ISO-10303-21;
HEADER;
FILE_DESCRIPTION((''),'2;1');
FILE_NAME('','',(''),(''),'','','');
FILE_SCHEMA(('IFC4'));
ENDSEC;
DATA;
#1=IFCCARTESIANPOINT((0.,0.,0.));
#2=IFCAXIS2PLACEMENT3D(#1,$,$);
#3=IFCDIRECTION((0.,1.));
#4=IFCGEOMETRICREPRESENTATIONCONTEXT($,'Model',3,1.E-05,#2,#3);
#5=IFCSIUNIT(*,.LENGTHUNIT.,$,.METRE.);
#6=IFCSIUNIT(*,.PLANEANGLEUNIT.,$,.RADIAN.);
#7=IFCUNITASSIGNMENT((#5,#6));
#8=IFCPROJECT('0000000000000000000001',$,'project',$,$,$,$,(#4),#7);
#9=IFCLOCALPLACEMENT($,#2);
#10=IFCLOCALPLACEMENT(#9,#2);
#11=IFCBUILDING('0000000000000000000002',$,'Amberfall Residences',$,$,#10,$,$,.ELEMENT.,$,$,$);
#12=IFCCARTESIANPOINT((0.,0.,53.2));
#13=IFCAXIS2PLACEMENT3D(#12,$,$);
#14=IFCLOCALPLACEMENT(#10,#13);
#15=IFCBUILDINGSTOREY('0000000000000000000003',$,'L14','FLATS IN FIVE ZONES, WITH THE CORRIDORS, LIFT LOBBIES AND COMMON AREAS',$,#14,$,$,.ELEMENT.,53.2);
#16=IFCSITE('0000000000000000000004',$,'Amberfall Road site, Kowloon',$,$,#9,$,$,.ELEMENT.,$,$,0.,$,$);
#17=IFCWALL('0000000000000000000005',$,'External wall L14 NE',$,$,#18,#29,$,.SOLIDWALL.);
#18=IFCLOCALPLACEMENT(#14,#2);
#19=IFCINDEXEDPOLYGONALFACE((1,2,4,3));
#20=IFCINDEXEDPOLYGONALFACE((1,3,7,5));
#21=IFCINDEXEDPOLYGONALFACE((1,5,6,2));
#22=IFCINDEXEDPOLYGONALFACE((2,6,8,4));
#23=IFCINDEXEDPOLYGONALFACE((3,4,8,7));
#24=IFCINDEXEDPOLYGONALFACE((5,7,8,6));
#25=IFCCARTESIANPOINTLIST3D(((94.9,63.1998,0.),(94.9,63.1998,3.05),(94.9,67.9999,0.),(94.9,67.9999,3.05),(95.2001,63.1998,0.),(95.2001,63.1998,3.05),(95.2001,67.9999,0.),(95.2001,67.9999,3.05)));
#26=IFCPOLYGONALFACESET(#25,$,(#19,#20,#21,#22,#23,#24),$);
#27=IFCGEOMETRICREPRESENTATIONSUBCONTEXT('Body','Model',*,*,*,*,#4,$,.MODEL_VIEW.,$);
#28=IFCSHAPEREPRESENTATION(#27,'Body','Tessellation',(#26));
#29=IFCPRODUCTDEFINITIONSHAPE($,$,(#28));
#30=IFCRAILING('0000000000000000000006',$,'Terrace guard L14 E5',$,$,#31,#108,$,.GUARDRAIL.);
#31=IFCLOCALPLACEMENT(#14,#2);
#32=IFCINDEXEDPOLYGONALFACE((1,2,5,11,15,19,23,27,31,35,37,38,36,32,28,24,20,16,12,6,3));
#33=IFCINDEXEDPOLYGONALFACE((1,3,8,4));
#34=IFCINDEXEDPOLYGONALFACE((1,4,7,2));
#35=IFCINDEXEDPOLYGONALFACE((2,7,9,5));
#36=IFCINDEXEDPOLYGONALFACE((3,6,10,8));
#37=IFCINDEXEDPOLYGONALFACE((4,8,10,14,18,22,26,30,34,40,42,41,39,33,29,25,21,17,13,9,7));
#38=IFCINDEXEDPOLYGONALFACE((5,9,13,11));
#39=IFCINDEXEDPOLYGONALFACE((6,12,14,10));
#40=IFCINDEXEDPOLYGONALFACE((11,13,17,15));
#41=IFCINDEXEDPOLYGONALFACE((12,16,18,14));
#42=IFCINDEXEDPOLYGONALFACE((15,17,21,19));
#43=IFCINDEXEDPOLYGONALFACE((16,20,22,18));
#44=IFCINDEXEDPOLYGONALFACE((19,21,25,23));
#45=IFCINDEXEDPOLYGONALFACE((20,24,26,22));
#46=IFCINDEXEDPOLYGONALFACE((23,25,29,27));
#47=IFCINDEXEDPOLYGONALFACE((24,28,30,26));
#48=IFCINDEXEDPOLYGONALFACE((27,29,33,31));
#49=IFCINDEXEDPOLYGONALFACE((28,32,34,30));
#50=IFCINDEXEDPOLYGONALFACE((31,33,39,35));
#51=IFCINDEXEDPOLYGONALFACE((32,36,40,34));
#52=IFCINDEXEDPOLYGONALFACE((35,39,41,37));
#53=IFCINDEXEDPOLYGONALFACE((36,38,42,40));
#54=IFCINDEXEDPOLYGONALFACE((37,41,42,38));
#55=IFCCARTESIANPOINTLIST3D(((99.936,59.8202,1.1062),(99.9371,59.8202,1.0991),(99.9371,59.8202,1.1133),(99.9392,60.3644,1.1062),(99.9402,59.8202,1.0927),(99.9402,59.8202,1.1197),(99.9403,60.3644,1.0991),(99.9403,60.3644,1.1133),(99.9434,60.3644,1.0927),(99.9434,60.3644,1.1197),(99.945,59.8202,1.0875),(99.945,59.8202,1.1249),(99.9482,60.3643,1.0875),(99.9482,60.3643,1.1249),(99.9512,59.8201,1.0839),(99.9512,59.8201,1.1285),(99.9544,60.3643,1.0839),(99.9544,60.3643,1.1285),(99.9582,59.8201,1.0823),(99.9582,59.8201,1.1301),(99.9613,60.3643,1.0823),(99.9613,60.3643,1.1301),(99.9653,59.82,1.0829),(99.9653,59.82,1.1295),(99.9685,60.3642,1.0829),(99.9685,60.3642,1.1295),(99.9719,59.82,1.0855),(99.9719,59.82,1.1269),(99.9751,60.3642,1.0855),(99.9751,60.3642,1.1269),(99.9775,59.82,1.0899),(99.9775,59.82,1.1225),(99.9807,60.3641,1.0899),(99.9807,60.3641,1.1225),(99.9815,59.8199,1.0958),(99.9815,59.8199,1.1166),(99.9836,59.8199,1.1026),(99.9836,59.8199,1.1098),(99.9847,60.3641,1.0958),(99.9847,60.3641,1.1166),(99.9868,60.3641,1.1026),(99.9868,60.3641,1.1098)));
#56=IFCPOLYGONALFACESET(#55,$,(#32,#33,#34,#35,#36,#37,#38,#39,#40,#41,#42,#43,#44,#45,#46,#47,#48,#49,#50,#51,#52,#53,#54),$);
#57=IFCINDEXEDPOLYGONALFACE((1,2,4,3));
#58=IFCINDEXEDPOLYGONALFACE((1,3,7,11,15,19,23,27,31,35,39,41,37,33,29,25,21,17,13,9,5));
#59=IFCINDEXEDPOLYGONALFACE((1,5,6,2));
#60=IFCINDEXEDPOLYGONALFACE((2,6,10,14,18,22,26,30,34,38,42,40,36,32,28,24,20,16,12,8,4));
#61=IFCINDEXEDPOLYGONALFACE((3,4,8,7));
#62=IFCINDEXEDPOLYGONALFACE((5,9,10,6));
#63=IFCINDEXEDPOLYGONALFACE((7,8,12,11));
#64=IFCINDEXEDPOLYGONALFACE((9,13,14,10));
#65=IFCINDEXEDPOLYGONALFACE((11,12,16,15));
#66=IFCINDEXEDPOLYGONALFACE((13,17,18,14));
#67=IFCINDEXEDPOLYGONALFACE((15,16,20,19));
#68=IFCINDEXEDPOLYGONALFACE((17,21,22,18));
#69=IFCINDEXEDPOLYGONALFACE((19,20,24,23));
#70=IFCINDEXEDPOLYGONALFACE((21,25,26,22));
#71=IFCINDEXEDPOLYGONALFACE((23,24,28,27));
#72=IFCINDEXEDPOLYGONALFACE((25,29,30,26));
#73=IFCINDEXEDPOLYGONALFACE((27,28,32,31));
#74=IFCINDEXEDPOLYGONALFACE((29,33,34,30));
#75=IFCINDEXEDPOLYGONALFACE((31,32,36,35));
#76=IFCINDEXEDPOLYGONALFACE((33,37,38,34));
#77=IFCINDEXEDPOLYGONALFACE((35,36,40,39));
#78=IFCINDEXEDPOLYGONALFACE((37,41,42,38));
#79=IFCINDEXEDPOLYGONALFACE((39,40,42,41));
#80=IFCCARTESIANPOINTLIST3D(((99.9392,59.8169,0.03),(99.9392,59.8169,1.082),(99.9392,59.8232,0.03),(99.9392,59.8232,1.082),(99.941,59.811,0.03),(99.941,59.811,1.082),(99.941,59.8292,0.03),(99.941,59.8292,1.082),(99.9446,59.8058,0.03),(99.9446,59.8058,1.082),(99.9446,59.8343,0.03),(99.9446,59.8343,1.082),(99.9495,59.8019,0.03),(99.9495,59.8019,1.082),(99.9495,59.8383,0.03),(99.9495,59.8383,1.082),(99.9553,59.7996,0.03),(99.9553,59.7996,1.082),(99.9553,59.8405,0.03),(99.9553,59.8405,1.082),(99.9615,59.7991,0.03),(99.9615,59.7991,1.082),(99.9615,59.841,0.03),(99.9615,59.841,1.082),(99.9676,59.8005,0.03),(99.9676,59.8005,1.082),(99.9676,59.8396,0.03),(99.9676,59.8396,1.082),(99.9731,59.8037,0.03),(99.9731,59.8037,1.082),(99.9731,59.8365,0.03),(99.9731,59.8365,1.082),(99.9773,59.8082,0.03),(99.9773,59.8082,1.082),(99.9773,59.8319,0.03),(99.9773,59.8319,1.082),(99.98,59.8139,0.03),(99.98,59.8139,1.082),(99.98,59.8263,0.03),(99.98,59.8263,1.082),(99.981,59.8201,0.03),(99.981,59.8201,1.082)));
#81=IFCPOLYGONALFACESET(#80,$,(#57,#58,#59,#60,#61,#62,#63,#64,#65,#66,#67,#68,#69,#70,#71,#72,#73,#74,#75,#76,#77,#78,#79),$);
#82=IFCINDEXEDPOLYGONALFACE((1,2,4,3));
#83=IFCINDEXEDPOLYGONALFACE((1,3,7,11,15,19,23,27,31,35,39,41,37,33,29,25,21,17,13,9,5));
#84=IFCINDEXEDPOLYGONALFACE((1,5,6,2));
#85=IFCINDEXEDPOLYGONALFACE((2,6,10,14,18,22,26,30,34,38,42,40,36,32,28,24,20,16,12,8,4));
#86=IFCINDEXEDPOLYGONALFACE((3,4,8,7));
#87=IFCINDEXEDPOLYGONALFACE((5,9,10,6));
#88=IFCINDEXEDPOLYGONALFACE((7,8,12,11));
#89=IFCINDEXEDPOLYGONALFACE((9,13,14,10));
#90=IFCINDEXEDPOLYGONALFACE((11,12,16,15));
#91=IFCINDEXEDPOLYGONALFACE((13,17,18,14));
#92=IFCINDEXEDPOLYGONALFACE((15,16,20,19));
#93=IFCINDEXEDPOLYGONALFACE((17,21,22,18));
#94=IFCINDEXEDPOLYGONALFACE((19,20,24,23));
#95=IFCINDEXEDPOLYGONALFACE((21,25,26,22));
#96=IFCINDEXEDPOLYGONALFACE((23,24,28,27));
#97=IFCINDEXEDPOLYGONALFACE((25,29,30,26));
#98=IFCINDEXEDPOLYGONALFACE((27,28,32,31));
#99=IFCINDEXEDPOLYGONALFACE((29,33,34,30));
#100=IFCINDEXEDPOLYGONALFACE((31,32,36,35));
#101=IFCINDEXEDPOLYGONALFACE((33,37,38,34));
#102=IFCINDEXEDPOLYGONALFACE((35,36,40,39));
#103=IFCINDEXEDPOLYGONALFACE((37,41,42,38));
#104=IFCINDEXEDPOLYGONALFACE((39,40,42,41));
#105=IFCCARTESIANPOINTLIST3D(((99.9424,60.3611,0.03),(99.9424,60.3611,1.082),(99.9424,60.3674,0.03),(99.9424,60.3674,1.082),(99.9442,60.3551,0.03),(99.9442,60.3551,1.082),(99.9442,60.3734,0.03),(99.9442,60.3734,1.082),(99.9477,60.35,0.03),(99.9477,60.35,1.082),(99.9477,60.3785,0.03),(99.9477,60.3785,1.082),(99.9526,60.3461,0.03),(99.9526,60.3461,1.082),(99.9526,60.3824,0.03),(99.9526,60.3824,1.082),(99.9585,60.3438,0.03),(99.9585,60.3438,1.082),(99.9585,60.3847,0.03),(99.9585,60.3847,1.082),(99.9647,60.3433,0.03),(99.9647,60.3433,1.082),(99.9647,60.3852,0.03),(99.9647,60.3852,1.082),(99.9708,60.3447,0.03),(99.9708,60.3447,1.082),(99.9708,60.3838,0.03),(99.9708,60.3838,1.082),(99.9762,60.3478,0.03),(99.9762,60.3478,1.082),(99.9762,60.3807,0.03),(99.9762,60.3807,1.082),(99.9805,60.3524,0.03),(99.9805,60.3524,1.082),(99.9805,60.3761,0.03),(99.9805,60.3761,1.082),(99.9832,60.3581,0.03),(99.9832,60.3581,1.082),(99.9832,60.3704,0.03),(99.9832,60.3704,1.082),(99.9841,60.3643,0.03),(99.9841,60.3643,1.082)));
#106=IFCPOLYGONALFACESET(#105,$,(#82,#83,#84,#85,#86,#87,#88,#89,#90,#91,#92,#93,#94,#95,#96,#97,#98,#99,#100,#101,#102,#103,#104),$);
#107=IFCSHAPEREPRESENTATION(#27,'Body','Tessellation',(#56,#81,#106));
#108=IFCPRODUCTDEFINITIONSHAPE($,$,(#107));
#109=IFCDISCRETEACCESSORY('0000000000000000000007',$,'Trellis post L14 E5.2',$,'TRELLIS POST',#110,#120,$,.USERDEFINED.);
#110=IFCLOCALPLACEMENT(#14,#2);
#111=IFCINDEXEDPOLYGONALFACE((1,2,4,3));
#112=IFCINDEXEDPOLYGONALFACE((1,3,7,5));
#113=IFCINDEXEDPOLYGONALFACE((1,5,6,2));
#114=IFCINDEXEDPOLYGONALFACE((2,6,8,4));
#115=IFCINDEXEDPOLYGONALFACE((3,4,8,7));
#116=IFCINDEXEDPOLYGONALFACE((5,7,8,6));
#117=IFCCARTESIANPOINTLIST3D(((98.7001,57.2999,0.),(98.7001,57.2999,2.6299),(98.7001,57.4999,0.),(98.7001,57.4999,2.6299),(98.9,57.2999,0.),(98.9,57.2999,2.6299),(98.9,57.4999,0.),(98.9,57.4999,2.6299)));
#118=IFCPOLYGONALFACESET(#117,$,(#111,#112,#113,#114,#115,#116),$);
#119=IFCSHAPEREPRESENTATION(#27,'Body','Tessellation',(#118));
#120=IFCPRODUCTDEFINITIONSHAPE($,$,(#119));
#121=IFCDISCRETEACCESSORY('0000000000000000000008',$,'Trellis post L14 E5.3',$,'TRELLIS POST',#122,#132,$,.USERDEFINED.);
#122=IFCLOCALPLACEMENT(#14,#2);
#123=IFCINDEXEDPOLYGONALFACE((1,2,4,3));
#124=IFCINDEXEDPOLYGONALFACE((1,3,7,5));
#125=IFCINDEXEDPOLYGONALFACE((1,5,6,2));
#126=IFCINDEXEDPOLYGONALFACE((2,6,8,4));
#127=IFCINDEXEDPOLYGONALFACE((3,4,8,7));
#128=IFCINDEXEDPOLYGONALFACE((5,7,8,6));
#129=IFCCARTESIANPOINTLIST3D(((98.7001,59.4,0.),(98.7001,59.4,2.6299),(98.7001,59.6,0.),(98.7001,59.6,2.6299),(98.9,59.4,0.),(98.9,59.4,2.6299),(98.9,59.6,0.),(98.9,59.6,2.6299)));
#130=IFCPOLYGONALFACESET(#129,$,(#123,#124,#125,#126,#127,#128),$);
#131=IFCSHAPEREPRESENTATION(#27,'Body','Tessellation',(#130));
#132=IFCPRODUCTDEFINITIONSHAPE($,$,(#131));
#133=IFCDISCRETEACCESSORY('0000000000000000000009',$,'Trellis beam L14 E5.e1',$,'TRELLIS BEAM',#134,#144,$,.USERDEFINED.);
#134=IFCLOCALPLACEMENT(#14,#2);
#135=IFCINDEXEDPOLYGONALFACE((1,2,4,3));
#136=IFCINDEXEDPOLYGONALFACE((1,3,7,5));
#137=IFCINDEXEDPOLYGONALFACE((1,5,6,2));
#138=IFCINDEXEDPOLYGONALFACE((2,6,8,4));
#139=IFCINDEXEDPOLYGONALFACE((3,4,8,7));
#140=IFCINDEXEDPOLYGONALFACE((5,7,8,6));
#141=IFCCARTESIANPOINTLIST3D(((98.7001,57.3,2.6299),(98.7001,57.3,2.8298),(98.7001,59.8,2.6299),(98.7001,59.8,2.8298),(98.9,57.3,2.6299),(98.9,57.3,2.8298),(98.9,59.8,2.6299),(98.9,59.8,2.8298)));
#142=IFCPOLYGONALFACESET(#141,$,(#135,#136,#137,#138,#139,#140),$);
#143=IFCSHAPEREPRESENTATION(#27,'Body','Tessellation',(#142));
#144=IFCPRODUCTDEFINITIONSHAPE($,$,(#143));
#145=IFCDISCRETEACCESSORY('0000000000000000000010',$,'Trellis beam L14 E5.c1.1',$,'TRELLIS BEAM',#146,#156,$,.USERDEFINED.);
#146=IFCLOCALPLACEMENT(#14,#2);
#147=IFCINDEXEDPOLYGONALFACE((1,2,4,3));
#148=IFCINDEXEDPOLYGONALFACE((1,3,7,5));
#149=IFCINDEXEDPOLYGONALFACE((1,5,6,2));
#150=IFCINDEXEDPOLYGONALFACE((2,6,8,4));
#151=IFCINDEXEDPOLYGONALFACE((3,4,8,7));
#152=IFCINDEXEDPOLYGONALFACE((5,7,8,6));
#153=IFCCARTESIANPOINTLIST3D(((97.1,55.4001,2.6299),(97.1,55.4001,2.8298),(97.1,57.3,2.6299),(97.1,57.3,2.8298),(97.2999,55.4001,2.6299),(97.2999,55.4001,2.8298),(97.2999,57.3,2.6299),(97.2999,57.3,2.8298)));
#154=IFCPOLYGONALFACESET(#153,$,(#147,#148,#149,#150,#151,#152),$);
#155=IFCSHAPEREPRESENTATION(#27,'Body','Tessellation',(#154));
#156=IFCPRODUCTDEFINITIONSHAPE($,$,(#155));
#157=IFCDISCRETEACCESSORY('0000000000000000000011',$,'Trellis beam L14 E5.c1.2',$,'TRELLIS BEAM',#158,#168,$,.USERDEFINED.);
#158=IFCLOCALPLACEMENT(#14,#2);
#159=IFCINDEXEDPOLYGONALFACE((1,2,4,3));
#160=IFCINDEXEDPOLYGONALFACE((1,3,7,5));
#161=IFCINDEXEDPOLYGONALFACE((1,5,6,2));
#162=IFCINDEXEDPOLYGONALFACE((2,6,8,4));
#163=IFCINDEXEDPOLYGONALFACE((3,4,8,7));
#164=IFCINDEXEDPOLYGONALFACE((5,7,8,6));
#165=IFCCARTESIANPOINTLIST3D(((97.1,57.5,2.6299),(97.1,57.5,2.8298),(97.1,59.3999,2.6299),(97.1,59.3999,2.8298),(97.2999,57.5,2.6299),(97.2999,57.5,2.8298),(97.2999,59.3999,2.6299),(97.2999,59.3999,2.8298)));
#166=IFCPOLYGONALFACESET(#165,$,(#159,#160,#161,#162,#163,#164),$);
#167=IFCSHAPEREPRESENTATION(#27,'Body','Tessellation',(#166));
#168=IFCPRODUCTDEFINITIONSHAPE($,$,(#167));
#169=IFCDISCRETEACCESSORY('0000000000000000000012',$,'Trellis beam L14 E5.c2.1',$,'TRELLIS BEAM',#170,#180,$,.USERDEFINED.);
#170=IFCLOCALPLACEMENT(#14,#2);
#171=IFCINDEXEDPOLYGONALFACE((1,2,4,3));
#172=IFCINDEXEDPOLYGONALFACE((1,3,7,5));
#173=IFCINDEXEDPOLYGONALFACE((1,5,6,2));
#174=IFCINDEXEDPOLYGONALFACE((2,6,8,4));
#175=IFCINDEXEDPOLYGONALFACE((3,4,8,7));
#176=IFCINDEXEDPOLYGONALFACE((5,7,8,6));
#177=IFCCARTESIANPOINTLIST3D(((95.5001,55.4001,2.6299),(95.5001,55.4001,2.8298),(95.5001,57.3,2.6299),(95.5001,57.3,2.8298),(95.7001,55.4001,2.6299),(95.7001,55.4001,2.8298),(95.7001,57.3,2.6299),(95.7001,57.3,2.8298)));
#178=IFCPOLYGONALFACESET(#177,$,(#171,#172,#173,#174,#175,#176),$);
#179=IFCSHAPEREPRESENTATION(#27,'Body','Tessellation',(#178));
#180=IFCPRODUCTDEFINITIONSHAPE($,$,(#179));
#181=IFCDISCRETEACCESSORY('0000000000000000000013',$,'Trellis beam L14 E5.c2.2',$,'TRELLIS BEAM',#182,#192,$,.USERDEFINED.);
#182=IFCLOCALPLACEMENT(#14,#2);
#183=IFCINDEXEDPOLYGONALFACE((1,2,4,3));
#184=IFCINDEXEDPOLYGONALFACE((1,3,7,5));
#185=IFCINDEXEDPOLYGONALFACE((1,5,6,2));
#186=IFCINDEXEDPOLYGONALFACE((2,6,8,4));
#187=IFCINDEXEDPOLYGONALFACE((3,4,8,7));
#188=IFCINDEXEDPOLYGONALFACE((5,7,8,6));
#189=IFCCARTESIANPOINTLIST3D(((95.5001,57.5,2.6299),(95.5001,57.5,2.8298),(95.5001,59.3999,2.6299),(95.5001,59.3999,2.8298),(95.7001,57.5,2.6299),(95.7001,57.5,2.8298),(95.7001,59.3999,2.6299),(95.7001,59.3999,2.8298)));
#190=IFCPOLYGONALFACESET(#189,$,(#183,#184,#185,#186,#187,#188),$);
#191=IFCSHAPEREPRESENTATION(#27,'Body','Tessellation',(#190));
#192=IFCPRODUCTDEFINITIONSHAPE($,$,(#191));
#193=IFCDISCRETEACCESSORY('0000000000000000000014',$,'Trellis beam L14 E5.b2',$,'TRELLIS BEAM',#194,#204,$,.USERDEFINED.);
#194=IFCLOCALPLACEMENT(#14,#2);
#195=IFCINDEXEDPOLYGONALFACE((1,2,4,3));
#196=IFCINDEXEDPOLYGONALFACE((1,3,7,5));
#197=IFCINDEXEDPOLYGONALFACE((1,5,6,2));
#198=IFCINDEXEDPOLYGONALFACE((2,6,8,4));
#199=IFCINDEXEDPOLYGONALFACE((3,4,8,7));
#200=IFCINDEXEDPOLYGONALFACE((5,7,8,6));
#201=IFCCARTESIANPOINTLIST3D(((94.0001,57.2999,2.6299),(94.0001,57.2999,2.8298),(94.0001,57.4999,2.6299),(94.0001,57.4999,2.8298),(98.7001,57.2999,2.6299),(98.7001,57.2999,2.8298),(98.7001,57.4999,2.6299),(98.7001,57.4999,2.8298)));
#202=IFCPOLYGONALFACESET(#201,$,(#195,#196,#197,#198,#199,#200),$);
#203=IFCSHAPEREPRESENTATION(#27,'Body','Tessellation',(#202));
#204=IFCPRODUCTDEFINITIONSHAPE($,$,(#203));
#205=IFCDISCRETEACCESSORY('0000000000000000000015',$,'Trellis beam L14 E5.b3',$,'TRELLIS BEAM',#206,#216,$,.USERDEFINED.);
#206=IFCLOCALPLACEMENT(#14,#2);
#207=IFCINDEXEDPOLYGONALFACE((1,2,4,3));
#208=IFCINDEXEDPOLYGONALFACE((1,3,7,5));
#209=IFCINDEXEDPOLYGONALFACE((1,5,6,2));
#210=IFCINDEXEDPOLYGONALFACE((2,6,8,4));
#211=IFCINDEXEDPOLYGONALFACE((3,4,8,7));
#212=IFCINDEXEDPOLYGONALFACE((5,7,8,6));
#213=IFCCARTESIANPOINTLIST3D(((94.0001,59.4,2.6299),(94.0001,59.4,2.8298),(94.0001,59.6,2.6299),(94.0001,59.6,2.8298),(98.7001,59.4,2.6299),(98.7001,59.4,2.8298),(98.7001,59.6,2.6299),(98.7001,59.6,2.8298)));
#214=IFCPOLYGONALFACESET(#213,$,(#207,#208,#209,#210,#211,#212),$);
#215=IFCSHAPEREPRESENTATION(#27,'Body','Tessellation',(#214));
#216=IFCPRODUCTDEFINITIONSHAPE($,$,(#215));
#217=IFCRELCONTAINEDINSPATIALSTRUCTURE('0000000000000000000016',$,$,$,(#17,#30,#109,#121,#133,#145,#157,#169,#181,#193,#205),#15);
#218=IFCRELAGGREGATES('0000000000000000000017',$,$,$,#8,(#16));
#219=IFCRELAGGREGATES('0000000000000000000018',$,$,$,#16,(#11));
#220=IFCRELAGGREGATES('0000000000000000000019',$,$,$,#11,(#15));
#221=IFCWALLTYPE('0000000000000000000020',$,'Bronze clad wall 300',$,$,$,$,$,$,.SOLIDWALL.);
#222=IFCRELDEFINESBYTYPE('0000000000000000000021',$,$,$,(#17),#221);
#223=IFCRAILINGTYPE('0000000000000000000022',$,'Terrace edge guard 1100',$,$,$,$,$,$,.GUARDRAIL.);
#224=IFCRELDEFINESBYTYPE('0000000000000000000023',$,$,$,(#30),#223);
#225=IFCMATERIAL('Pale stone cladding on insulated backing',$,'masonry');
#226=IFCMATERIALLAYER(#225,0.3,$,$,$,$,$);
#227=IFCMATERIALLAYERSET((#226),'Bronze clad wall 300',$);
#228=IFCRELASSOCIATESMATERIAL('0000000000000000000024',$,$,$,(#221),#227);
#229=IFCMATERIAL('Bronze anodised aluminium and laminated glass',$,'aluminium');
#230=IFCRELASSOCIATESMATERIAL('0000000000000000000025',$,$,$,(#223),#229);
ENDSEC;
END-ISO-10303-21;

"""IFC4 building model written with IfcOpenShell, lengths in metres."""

from ifc_helpers import new_model, si_unit, direction, frame, frame_2d, origin, origin_2d, place, context, subcontext, project, spatial, rectangle, circle, extrude, material, layer, layer_set, type_object, element, save


model = new_model("IFC4")

# Units and contexts
model_context = context("Model", 3, precision=1e-05, world=origin(), true_north=direction((0.0, 1.0)))
body_context = subcontext(model_context, "Body", "Model", "MODEL_VIEW")
ifc_project = project(units=[si_unit("LENGTHUNIT", "METRE"), si_unit("PLANEANGLEUNIT", "RADIAN")], contexts=[model_context])

# Site, building, storey
site_placement = place(None, origin())
site = spatial("IfcSite", under=ifc_project, at=site_placement, Name="Amberfall Road site, Kowloon", CompositionType="ELEMENT", RefElevation=0.0)
building_placement = place(site_placement, origin())
building = spatial("IfcBuilding", under=site, at=building_placement, Name="Amberfall Residences", CompositionType="ELEMENT")
storey_placement = place(building_placement, frame((0.0, 0.0, 53.2)))
storey = spatial("IfcBuildingStorey", under=building, at=storey_placement, Name="L14", Description="FLATS IN FIVE ZONES, WITH THE CORRIDORS, LIFT LOBBIES AND COMMON AREAS", CompositionType="ELEMENT", Elevation=53.2)

# Shared definitions
ifc_material_1 = material(Name="Pale stone cladding on insulated backing", Category="masonry")
ifc_layer_1 = layer(ifc_material_1, 0.3)
ifc_layer_set_1 = layer_set([ifc_layer_1], Name="Bronze clad wall 300")
wall_type_1 = type_object("IfcWallType", Name="Bronze clad wall 300", PredefinedType="SOLIDWALL", material=ifc_layer_set_1)

# Wall
wall_1_placement = place(storey_placement, frame((95.05, 63.2, 0.0), z_axis=(0.0, 0.0, 1.0), x_axis=(0.0, 1.0, 0.0)))
element("IfcWall", 1, at=wall_1_placement, inside=storey, type_object=wall_type_1, Name="External wall L14 NE", PredefinedType="SOLIDWALL", context=body_context, shape_type="SweptSolid", body=[
    extrude(rectangle(XDim=4.8, YDim=0.3, at=frame_2d((2.3999, 0.0))), origin(), (0.0, 0.0, 1.0), 3.05),
])

# Railing
ifc_material_2 = material(Name="Bronze anodised aluminium and laminated glass", Category="aluminium")
railing_type = type_object("IfcRailingType", Name="Terrace edge guard 1100", PredefinedType="GUARDRAIL", material=ifc_material_2)
railing_placement = place(storey_placement, frame((99.96, 59.8201, 0.03)))
element("IfcRailing", 2, at=railing_placement, inside=storey, type_object=railing_type, Name="Terrace guard L14 E5", PredefinedType="GUARDRAIL", context=body_context, shape_type="SweptSolid", body=[
    extrude(circle(Radius=0.0239, at=origin_2d()), frame((0.0, 0.0, 1.0762), z_axis=(0.005832, 0.999983, 0.0), x_axis=(-0.999983, 0.005832, 0.0)), (0.0, 0.0, 1.0), 0.5442),
    extrude(circle(Radius=0.021, at=origin_2d()), origin(), (0.0, 0.0, 1.0), 1.052),
    extrude(circle(Radius=0.021, at=origin_2d()), frame((0.0032, 0.5442, 0.0)), (0.0, 0.0, 1.0), 1.052),
])

# Discrete accessories
for number, where, z_axis, x_axis, name in (
    (3, (98.8, 57.3999, 0.0), (0.0, 0.0, 1.0), (1.0, 0.0, 0.0), "Trellis post L14 E5.2"),
    (4, (98.8, 59.5, 0.0), (0.0, 0.0, 1.0), (1.0, 0.0, 0.0), "Trellis post L14 E5.3"),
):
    element("IfcDiscreteAccessory", number, at=place(storey_placement, frame(where, z_axis=z_axis, x_axis=x_axis)), inside=storey, Name=name, ObjectType="TRELLIS POST", PredefinedType="USERDEFINED", context=body_context, shape_type="SweptSolid", body=[
        extrude(rectangle(XDim=0.2, YDim=0.2, at=origin_2d()), origin(), (0.0, 0.0, 1.0), 2.6299),
    ])
discrete_accessory_placement = place(storey_placement, frame((98.8, 58.55, 2.6299), z_axis=(0.0, 0.0, 1.0), x_axis=(0.0, 1.0, 0.0)))
element("IfcDiscreteAccessory", 5, at=discrete_accessory_placement, inside=storey, Name="Trellis beam L14 E5.e1", ObjectType="TRELLIS BEAM", PredefinedType="USERDEFINED", context=body_context, shape_type="SweptSolid", body=[
    extrude(rectangle(XDim=2.5, YDim=0.2, at=origin_2d()), origin(), (0.0, 0.0, 1.0), 0.2),
])
for number, where, z_axis, x_axis, name in (
    (6, (97.2, 56.3501, 2.6299), (0.0, 0.0, 1.0), (0.0, 1.0, 0.0), "Trellis beam L14 E5.c1.1"),
    (7, (97.2, 58.45, 2.6299), (0.0, 0.0, 1.0), (0.0, 1.0, 0.0), "Trellis beam L14 E5.c1.2"),
    (8, (95.6001, 56.3501, 2.6299), (0.0, 0.0, 1.0), (0.0, 1.0, 0.0), "Trellis beam L14 E5.c2.1"),
    (9, (95.6001, 58.45, 2.6299), (0.0, 0.0, 1.0), (0.0, 1.0, 0.0), "Trellis beam L14 E5.c2.2"),
):
    element("IfcDiscreteAccessory", number, at=place(storey_placement, frame(where, z_axis=z_axis, x_axis=x_axis)), inside=storey, Name=name, ObjectType="TRELLIS BEAM", PredefinedType="USERDEFINED", context=body_context, shape_type="SweptSolid", body=[
        extrude(rectangle(XDim=1.8999, YDim=0.2, at=origin_2d()), origin(), (0.0, 0.0, 1.0), 0.2),
    ])
for number, where, z_axis, x_axis, name in (
    (10, (96.3501, 57.3999, 2.6299), (0.0, 0.0, 1.0), (-1.0, 0.0, 0.0), "Trellis beam L14 E5.b2"),
    (11, (96.3501, 59.5, 2.6299), (0.0, 0.0, 1.0), (-1.0, 0.0, 0.0), "Trellis beam L14 E5.b3"),
):
    element("IfcDiscreteAccessory", number, at=place(storey_placement, frame(where, z_axis=z_axis, x_axis=x_axis)), inside=storey, Name=name, ObjectType="TRELLIS BEAM", PredefinedType="USERDEFINED", context=body_context, shape_type="SweptSolid", body=[
        extrude(rectangle(XDim=4.7, YDim=0.2, at=origin_2d()), origin(), (0.0, 0.0, 1.0), 0.2),
    ])

save(model, "model.ifc")
